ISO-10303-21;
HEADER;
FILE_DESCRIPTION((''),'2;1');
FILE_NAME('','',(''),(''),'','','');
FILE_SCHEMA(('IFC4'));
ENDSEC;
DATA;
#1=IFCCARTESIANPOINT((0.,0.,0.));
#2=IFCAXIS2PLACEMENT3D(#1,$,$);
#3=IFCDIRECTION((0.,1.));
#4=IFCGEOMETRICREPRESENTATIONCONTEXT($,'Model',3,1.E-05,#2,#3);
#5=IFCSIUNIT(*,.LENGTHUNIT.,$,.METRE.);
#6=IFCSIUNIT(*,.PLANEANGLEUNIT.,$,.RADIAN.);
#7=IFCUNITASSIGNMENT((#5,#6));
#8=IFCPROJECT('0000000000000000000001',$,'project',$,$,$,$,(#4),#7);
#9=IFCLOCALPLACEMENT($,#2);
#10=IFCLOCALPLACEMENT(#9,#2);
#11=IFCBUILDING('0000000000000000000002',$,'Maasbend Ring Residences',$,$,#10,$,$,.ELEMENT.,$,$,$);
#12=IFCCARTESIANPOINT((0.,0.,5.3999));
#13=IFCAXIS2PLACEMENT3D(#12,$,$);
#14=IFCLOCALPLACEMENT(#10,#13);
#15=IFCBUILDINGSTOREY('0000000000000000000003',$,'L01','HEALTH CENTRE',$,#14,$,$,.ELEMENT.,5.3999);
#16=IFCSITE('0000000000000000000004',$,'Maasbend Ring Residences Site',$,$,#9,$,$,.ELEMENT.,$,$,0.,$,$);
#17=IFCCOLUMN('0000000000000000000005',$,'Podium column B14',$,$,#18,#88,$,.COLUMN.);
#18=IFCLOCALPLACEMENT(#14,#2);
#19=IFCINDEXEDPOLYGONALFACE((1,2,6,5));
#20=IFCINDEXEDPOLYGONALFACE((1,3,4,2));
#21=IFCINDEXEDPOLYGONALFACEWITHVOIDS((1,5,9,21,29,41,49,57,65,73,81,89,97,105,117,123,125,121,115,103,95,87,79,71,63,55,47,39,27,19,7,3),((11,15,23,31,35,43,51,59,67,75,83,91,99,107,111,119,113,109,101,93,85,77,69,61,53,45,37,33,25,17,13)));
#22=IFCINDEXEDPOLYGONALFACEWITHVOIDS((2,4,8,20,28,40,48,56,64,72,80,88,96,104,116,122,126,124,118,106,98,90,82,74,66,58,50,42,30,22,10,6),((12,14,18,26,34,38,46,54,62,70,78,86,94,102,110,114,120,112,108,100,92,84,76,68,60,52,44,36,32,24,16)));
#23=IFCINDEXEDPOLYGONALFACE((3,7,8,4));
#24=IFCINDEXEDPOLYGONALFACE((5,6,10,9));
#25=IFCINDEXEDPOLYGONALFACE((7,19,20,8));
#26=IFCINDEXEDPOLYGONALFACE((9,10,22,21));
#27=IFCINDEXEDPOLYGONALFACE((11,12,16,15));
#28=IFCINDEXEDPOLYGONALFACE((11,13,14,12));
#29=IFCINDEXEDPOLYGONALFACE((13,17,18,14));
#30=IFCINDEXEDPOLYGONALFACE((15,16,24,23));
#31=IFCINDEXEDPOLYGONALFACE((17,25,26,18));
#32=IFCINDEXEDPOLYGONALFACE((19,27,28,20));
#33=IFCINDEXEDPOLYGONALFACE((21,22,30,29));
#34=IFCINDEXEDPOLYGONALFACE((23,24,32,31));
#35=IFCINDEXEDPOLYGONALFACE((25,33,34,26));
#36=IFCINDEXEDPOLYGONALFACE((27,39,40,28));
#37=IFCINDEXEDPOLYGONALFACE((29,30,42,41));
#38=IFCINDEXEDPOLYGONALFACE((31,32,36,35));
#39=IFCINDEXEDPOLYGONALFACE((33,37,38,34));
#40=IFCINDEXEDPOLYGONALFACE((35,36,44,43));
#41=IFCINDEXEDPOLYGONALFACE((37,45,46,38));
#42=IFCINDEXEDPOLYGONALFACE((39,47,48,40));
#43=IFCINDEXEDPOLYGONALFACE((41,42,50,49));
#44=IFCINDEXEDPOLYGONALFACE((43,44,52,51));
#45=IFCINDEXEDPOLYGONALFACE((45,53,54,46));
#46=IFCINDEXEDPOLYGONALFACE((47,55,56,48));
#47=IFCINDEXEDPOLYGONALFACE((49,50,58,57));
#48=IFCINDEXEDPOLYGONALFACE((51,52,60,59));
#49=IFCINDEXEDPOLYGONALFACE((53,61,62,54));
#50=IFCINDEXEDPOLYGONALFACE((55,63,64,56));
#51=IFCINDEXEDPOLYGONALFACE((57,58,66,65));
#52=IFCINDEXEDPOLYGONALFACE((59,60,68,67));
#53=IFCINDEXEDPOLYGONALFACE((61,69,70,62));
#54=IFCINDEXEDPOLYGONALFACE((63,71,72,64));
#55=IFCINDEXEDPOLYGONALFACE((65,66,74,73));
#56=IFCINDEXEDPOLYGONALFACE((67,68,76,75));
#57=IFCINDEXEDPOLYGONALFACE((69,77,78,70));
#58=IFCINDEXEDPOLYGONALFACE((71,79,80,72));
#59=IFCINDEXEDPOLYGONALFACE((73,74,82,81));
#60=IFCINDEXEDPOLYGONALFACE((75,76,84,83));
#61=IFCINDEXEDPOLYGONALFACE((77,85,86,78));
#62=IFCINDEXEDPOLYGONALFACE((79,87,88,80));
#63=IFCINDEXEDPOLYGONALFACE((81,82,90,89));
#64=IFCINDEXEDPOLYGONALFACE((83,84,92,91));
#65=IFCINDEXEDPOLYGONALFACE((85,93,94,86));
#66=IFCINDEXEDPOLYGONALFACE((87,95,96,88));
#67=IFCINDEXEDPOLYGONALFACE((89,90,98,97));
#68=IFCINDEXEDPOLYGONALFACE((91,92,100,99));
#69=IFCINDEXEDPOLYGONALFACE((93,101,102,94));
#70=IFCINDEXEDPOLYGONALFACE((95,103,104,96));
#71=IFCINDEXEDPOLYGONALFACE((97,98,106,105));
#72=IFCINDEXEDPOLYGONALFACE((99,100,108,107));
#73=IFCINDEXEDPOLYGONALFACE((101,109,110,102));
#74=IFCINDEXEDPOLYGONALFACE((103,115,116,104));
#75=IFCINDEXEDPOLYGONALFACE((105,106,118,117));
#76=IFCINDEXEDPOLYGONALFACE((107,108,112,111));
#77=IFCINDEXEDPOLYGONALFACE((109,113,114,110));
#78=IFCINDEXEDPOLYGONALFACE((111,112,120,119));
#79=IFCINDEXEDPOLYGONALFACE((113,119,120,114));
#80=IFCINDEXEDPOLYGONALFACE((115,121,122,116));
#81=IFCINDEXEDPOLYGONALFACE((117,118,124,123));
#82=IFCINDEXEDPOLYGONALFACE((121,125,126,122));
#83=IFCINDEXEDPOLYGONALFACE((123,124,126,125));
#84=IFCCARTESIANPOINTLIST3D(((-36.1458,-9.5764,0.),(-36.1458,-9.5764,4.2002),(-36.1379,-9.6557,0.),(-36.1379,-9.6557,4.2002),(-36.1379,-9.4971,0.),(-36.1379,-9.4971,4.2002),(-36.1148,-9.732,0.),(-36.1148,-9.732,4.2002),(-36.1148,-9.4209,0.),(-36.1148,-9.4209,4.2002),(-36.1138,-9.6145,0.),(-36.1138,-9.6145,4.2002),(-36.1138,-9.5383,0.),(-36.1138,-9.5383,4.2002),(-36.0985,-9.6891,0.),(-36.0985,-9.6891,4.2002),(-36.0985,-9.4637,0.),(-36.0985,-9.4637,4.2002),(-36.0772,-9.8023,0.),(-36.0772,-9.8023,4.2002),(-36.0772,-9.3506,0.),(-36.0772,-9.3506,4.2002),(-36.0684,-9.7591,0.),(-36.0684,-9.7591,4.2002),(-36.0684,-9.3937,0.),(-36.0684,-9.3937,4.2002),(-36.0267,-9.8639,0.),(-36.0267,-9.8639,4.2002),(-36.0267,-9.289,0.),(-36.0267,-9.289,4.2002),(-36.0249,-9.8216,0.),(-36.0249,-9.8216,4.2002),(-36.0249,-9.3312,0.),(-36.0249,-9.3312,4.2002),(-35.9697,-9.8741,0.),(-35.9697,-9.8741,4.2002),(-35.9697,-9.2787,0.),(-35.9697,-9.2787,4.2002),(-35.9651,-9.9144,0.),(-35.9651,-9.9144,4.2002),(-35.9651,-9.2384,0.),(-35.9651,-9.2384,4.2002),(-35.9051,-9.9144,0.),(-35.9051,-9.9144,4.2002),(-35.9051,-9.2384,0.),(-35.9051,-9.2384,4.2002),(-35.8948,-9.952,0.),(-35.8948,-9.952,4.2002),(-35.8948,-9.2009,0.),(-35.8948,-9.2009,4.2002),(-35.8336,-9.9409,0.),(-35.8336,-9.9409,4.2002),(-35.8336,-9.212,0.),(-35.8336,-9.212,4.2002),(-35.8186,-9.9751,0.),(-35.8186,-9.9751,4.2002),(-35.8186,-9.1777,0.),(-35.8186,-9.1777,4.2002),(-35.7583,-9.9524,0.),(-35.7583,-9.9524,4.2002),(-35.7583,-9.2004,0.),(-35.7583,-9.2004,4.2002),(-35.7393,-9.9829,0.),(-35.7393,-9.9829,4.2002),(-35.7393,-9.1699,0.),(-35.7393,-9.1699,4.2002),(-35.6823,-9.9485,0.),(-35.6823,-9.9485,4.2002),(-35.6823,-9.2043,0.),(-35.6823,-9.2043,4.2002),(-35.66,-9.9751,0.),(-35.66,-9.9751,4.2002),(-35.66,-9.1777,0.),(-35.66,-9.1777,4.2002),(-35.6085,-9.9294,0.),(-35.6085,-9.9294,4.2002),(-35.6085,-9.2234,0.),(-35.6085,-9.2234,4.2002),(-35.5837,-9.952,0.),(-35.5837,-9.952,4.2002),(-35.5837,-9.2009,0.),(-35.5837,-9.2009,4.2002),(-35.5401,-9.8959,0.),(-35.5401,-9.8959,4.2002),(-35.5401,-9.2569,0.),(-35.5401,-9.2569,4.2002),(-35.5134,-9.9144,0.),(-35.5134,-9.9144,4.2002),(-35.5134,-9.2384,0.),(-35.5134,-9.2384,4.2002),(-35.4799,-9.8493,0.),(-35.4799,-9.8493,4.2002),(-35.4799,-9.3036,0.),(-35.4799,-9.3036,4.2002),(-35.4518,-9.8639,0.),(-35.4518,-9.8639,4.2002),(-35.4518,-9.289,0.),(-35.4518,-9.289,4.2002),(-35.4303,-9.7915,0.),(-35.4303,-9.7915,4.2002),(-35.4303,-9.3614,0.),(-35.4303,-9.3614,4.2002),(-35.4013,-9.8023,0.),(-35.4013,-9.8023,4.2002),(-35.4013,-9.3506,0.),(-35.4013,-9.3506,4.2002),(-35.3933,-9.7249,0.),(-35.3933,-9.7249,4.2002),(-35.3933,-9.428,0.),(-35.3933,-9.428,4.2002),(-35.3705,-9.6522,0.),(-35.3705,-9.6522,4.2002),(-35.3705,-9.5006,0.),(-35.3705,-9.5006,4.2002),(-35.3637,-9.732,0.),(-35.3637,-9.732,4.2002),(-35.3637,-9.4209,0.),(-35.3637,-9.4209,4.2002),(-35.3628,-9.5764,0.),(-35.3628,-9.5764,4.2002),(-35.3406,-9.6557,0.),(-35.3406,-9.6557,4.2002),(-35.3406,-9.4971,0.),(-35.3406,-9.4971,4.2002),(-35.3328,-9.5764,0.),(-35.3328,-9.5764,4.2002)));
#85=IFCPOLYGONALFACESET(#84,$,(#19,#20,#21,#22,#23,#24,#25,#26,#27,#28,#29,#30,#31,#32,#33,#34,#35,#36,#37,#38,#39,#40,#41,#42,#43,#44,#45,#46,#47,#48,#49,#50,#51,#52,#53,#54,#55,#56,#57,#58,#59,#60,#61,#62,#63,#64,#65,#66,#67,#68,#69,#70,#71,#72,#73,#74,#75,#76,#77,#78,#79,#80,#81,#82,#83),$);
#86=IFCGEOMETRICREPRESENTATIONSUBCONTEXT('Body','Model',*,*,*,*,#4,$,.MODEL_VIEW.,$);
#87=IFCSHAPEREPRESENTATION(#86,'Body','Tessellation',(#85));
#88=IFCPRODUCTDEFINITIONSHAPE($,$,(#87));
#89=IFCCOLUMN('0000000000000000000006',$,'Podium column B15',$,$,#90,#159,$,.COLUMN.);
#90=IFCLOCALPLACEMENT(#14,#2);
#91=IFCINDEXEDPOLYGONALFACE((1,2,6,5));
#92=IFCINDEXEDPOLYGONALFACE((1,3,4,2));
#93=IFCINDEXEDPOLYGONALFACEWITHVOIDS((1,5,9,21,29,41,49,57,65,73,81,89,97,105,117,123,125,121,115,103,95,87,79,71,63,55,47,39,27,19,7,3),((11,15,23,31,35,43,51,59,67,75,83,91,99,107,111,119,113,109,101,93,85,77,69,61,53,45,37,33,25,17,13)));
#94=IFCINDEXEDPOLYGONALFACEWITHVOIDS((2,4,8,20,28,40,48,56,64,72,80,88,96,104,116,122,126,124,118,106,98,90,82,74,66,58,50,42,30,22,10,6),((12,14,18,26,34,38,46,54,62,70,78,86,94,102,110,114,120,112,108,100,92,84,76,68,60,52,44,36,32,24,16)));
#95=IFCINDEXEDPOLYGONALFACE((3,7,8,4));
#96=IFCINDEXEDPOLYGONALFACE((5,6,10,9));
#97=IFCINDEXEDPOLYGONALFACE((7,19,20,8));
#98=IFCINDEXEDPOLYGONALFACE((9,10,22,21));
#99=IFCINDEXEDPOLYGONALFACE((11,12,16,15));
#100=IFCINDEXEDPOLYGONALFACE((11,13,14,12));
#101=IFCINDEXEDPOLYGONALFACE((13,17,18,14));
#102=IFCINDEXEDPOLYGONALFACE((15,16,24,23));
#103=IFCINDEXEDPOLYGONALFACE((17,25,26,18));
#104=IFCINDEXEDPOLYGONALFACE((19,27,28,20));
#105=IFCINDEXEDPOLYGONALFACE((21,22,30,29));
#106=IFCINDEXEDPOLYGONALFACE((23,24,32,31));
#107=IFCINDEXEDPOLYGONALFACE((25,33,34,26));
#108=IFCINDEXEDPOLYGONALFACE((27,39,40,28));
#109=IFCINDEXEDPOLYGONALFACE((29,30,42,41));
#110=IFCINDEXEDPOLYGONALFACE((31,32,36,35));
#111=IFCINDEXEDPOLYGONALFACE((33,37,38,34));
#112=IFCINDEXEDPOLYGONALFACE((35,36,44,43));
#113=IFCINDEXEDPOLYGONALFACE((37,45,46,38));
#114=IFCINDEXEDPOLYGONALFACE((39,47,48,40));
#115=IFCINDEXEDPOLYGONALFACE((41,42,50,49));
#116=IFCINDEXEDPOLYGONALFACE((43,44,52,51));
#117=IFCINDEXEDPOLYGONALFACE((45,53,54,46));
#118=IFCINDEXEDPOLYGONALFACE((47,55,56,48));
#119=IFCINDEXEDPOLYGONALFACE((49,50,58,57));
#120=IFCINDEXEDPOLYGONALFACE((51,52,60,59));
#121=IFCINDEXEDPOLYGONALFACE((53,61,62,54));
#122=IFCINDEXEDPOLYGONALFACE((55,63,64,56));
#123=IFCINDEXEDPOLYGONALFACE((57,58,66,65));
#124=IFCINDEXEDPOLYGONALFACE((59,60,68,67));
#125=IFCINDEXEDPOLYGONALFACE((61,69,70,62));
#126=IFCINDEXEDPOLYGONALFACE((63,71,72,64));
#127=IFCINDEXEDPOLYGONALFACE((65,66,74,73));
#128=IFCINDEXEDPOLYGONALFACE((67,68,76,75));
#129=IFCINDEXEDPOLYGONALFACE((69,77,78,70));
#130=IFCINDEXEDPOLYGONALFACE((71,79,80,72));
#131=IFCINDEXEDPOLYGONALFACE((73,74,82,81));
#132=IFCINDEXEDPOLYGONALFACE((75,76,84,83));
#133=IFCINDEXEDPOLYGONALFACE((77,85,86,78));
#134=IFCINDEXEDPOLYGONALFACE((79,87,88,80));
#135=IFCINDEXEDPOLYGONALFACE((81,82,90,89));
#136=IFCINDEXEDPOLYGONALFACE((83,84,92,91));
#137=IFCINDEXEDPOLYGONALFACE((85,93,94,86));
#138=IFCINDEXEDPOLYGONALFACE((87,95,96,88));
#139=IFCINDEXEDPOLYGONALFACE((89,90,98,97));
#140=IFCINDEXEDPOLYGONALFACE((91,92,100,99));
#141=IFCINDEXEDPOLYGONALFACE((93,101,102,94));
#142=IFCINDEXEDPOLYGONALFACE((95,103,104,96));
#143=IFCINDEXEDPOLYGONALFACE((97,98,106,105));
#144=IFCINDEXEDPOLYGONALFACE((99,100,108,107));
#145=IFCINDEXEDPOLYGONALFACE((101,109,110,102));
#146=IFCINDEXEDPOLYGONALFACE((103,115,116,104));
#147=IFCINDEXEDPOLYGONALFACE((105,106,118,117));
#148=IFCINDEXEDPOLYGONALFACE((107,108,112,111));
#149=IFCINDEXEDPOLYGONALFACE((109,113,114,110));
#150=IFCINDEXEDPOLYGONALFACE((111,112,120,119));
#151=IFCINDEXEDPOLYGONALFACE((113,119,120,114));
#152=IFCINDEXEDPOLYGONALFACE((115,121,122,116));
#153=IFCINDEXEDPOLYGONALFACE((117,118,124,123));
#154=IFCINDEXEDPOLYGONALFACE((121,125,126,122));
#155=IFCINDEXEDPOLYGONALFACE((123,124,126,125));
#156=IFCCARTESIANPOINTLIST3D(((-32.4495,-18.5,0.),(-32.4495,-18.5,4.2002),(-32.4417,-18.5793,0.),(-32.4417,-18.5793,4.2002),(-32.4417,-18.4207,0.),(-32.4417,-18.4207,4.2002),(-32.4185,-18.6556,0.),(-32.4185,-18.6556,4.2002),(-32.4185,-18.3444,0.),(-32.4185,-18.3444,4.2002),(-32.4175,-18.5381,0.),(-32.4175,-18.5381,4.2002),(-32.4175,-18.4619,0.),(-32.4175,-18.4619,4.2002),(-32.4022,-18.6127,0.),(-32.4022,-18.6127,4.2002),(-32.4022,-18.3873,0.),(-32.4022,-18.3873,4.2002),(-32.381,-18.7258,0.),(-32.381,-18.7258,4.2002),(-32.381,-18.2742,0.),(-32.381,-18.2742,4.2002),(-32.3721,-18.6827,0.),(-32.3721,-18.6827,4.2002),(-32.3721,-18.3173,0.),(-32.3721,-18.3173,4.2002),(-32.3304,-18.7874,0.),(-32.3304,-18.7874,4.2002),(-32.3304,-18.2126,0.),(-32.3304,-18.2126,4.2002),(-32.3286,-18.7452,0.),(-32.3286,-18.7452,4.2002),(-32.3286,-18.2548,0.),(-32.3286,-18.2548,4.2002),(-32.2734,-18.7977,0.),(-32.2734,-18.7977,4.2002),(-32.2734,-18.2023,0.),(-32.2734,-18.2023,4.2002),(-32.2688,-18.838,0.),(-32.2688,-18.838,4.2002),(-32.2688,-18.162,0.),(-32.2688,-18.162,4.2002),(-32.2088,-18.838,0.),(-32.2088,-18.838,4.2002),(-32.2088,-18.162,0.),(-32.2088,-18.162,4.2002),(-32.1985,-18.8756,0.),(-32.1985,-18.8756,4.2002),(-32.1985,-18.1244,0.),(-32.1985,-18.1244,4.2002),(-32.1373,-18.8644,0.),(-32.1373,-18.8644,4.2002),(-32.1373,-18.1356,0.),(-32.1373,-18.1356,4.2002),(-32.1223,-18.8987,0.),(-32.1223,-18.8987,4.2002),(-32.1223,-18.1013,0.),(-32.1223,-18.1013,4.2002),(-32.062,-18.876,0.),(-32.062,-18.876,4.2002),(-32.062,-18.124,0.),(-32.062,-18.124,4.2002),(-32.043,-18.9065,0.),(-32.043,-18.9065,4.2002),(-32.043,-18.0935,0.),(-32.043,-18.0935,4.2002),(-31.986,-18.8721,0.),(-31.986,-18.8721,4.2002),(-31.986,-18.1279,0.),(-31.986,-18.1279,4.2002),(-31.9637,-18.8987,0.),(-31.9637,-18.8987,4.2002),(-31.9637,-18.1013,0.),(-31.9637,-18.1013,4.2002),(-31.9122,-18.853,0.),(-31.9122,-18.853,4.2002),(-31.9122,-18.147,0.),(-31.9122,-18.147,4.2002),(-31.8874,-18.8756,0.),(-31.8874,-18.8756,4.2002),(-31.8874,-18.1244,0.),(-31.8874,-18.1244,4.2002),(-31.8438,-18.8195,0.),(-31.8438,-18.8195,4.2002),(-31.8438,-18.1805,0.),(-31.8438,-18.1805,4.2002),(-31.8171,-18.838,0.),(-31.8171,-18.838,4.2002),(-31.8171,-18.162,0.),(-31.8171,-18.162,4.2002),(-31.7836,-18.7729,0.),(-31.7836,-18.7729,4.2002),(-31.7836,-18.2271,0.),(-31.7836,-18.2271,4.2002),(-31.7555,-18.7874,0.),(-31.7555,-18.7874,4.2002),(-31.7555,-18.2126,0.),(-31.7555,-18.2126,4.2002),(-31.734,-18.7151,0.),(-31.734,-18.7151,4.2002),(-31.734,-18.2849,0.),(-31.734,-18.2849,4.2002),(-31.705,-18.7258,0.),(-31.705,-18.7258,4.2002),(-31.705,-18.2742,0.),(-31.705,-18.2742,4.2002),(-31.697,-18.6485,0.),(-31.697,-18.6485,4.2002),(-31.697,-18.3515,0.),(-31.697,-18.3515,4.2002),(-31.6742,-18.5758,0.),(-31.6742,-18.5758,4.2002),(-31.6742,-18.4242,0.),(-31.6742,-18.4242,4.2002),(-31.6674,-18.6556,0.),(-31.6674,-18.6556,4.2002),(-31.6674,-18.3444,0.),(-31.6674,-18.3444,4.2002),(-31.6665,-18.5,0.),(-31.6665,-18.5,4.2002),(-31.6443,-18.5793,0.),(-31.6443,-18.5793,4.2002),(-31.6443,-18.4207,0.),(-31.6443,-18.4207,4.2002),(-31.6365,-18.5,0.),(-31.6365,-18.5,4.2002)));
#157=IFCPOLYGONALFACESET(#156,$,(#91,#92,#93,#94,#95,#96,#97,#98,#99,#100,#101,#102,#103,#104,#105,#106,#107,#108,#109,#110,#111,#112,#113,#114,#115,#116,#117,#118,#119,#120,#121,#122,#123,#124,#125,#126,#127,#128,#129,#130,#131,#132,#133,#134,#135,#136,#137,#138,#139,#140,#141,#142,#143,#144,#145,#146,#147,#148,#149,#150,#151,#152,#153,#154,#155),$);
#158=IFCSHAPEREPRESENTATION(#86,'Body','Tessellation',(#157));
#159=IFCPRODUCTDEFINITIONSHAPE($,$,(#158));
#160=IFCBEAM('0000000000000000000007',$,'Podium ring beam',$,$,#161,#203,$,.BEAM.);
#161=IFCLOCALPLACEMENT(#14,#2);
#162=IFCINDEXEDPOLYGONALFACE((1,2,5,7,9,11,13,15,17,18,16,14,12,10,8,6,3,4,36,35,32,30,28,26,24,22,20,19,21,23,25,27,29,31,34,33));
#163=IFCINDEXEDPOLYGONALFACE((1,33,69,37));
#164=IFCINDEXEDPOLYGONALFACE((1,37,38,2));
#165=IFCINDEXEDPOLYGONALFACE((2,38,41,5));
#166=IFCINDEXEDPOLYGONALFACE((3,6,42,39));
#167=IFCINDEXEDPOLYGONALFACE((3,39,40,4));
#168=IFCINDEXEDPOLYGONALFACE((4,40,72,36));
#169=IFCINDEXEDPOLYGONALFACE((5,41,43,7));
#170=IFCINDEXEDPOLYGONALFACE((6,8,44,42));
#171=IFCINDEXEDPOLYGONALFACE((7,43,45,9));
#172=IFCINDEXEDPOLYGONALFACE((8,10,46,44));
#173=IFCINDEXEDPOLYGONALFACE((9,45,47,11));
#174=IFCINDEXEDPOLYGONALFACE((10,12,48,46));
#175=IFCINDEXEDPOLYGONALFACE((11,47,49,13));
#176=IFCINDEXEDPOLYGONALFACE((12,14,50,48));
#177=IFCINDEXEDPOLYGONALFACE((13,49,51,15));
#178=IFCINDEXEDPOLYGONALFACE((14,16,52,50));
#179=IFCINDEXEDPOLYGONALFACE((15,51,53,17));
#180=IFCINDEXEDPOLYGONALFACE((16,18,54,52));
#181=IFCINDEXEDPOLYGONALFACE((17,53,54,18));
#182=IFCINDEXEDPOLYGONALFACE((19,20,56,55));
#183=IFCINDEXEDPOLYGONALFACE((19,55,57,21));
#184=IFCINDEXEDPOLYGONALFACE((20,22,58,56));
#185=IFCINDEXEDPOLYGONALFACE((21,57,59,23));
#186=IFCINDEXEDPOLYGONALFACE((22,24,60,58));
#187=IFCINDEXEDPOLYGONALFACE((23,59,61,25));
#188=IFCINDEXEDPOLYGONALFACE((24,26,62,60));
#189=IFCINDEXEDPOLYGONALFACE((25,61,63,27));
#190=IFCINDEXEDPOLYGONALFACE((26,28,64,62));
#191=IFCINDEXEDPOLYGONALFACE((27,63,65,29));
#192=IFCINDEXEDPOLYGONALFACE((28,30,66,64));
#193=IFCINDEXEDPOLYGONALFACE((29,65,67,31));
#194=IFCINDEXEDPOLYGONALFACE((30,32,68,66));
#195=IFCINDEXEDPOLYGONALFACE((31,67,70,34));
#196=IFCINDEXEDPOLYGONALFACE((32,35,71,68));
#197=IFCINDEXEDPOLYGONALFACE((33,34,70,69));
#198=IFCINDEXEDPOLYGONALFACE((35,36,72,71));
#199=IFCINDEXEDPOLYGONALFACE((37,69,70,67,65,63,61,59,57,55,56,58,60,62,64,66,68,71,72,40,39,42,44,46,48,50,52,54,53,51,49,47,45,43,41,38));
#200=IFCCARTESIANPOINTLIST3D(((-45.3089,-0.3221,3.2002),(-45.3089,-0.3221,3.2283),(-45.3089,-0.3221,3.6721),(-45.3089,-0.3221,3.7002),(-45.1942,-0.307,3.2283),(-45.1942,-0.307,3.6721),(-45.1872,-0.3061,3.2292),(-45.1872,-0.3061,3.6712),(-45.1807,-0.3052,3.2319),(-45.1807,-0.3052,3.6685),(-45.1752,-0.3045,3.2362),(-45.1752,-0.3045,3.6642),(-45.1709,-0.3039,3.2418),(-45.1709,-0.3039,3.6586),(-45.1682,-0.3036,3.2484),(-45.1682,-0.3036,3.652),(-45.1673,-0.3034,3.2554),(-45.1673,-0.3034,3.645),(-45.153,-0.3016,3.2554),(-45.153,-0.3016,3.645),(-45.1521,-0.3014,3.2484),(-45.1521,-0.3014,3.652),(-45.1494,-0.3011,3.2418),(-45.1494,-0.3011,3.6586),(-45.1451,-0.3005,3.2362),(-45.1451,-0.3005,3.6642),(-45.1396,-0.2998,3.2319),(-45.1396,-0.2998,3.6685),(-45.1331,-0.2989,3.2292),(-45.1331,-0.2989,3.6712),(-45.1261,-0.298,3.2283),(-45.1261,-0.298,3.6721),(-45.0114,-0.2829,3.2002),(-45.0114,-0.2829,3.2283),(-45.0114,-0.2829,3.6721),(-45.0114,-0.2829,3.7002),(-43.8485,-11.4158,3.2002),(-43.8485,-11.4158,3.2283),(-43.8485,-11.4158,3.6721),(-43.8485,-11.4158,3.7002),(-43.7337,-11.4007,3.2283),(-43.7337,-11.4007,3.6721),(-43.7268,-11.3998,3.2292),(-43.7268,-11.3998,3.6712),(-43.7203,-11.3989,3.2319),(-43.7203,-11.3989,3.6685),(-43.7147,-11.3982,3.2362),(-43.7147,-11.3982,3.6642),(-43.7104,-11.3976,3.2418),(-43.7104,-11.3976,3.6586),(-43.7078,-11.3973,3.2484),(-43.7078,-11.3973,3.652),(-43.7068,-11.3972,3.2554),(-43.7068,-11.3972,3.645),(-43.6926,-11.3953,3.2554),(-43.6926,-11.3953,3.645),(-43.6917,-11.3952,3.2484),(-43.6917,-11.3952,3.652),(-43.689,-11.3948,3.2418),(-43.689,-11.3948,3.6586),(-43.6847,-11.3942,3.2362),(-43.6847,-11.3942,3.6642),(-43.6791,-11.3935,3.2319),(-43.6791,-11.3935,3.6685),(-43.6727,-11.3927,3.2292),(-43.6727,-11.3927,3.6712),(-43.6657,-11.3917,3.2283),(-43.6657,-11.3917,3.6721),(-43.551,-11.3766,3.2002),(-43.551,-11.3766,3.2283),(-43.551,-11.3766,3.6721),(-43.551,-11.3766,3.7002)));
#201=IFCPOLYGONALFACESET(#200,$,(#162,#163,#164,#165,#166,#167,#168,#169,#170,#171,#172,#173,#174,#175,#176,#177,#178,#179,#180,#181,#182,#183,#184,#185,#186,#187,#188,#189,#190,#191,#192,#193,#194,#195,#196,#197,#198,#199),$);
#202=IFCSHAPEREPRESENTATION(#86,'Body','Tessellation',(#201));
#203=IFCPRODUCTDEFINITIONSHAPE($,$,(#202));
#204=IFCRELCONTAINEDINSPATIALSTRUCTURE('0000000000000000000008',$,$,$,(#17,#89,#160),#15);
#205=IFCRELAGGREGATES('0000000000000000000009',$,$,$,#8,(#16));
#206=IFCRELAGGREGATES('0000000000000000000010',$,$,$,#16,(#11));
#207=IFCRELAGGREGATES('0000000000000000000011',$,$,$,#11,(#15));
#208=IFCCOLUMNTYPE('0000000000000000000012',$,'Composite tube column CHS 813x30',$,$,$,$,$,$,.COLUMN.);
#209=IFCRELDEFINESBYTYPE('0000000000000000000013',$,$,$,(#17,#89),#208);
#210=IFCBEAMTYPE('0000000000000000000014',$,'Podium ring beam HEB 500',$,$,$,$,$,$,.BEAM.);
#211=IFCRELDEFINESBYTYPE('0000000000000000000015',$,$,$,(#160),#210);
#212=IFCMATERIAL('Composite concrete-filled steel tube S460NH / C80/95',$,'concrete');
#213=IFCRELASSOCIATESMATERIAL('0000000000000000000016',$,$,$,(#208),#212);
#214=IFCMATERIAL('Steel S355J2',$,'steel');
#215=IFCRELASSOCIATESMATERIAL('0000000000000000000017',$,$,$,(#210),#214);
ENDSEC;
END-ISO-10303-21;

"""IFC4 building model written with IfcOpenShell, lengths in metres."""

from ifc_helpers import new_model, si_unit, direction, frame, origin, origin_2d, place, context, subcontext, project, spatial, hollow_circle, i_section, extrude, material, material_profile, profile_set, type_object, element, save


model = new_model("IFC4")

# Units and contexts
model_context = context("Model", 3, precision=1e-05, world=origin(), true_north=direction((0.0, 1.0)))
body_context = subcontext(model_context, "Body", "Model", "MODEL_VIEW")
ifc_project = project(units=[si_unit("LENGTHUNIT", "METRE"), si_unit("PLANEANGLEUNIT", "RADIAN")], contexts=[model_context])

# Site, building, storey
site_placement = place(None, origin())
site = spatial("IfcSite", under=ifc_project, at=site_placement, Name="Maasbend Ring Residences Site", CompositionType="ELEMENT", RefElevation=0.0)
building_placement = place(site_placement, origin())
building = spatial("IfcBuilding", under=site, at=building_placement, Name="Maasbend Ring Residences", CompositionType="ELEMENT")
storey_placement = place(building_placement, frame((0.0, 0.0, 5.3999)))
storey = spatial("IfcBuildingStorey", under=building, at=storey_placement, Name="L01", Description="HEALTH CENTRE", CompositionType="ELEMENT", Elevation=5.3999)

# Columns
ifc_material_1 = material(Name="Composite concrete-filled steel tube S460NH / C80/95", Category="concrete")
ifc_material_profile_1 = material_profile(ifc_material_1, hollow_circle(Radius=0.4065, WallThickness=0.03, at=origin_2d()), Name="Composite tube column CHS 813x30")
ifc_profile_set_1 = profile_set([ifc_material_profile_1], Name="Composite concrete-filled steel tube S460NH / C80/95")
column_type_1 = type_object("IfcColumnType", Name="Composite tube column CHS 813x30", PredefinedType="COLUMN", material=ifc_profile_set_1)
for number, where, z_axis, x_axis, name in (
    (1, (-35.7393, -9.5764, 0.0), (0.0, 0.0, 1.0), (1.0, 0.0, 0.0), "Podium column B14"),
    (2, (-32.043, -18.5, 0.0), (0.0, 0.0, 1.0), (1.0, 0.0, 0.0), "Podium column B15"),
):
    element("IfcColumn", number, at=place(storey_placement, frame(where, z_axis=z_axis, x_axis=x_axis)), inside=storey, type_object=column_type_1, Name=name, PredefinedType="COLUMN", context=body_context, shape_type="SweptSolid", body=[
        extrude(hollow_circle(Radius=0.4065, WallThickness=0.03, at=origin_2d()), origin(), (0.0, 0.0, 1.0), 4.2002),
    ])

# Beam
ifc_material_2 = material(Name="Steel S355J2", Category="steel")
ifc_material_profile_2 = material_profile(ifc_material_2, i_section(OverallWidth=0.3, OverallDepth=0.5, WebThickness=0.0144, FlangeThickness=0.0281, FilletRadius=0.0271, at=origin_2d()), Name="HEB 500")
ifc_profile_set_2 = profile_set([ifc_material_profile_2], Name="Steel S355J2")
beam_type_1 = type_object("IfcBeamType", Name="Podium ring beam HEB 500", PredefinedType="BEAM", material=ifc_profile_set_2)
beam_placement = place(storey_placement, frame((-45.1602, -0.3025, 3.4502), z_axis=(0.13052, -0.991446, 0.0), x_axis=(0.991446, 0.13052, 0.0)))
element("IfcBeam", 3, at=beam_placement, inside=storey, type_object=beam_type_1, Name="Podium ring beam", PredefinedType="BEAM", context=body_context, shape_type="SweptSolid", body=[
    extrude(i_section(OverallWidth=0.3, OverallDepth=0.5, WebThickness=0.0144, FlangeThickness=0.0281, FilletRadius=0.0271, at=origin_2d()), origin(), (0.0, 0.0, 1.0), 11.1895),
])

save(model, "model.ifc")
